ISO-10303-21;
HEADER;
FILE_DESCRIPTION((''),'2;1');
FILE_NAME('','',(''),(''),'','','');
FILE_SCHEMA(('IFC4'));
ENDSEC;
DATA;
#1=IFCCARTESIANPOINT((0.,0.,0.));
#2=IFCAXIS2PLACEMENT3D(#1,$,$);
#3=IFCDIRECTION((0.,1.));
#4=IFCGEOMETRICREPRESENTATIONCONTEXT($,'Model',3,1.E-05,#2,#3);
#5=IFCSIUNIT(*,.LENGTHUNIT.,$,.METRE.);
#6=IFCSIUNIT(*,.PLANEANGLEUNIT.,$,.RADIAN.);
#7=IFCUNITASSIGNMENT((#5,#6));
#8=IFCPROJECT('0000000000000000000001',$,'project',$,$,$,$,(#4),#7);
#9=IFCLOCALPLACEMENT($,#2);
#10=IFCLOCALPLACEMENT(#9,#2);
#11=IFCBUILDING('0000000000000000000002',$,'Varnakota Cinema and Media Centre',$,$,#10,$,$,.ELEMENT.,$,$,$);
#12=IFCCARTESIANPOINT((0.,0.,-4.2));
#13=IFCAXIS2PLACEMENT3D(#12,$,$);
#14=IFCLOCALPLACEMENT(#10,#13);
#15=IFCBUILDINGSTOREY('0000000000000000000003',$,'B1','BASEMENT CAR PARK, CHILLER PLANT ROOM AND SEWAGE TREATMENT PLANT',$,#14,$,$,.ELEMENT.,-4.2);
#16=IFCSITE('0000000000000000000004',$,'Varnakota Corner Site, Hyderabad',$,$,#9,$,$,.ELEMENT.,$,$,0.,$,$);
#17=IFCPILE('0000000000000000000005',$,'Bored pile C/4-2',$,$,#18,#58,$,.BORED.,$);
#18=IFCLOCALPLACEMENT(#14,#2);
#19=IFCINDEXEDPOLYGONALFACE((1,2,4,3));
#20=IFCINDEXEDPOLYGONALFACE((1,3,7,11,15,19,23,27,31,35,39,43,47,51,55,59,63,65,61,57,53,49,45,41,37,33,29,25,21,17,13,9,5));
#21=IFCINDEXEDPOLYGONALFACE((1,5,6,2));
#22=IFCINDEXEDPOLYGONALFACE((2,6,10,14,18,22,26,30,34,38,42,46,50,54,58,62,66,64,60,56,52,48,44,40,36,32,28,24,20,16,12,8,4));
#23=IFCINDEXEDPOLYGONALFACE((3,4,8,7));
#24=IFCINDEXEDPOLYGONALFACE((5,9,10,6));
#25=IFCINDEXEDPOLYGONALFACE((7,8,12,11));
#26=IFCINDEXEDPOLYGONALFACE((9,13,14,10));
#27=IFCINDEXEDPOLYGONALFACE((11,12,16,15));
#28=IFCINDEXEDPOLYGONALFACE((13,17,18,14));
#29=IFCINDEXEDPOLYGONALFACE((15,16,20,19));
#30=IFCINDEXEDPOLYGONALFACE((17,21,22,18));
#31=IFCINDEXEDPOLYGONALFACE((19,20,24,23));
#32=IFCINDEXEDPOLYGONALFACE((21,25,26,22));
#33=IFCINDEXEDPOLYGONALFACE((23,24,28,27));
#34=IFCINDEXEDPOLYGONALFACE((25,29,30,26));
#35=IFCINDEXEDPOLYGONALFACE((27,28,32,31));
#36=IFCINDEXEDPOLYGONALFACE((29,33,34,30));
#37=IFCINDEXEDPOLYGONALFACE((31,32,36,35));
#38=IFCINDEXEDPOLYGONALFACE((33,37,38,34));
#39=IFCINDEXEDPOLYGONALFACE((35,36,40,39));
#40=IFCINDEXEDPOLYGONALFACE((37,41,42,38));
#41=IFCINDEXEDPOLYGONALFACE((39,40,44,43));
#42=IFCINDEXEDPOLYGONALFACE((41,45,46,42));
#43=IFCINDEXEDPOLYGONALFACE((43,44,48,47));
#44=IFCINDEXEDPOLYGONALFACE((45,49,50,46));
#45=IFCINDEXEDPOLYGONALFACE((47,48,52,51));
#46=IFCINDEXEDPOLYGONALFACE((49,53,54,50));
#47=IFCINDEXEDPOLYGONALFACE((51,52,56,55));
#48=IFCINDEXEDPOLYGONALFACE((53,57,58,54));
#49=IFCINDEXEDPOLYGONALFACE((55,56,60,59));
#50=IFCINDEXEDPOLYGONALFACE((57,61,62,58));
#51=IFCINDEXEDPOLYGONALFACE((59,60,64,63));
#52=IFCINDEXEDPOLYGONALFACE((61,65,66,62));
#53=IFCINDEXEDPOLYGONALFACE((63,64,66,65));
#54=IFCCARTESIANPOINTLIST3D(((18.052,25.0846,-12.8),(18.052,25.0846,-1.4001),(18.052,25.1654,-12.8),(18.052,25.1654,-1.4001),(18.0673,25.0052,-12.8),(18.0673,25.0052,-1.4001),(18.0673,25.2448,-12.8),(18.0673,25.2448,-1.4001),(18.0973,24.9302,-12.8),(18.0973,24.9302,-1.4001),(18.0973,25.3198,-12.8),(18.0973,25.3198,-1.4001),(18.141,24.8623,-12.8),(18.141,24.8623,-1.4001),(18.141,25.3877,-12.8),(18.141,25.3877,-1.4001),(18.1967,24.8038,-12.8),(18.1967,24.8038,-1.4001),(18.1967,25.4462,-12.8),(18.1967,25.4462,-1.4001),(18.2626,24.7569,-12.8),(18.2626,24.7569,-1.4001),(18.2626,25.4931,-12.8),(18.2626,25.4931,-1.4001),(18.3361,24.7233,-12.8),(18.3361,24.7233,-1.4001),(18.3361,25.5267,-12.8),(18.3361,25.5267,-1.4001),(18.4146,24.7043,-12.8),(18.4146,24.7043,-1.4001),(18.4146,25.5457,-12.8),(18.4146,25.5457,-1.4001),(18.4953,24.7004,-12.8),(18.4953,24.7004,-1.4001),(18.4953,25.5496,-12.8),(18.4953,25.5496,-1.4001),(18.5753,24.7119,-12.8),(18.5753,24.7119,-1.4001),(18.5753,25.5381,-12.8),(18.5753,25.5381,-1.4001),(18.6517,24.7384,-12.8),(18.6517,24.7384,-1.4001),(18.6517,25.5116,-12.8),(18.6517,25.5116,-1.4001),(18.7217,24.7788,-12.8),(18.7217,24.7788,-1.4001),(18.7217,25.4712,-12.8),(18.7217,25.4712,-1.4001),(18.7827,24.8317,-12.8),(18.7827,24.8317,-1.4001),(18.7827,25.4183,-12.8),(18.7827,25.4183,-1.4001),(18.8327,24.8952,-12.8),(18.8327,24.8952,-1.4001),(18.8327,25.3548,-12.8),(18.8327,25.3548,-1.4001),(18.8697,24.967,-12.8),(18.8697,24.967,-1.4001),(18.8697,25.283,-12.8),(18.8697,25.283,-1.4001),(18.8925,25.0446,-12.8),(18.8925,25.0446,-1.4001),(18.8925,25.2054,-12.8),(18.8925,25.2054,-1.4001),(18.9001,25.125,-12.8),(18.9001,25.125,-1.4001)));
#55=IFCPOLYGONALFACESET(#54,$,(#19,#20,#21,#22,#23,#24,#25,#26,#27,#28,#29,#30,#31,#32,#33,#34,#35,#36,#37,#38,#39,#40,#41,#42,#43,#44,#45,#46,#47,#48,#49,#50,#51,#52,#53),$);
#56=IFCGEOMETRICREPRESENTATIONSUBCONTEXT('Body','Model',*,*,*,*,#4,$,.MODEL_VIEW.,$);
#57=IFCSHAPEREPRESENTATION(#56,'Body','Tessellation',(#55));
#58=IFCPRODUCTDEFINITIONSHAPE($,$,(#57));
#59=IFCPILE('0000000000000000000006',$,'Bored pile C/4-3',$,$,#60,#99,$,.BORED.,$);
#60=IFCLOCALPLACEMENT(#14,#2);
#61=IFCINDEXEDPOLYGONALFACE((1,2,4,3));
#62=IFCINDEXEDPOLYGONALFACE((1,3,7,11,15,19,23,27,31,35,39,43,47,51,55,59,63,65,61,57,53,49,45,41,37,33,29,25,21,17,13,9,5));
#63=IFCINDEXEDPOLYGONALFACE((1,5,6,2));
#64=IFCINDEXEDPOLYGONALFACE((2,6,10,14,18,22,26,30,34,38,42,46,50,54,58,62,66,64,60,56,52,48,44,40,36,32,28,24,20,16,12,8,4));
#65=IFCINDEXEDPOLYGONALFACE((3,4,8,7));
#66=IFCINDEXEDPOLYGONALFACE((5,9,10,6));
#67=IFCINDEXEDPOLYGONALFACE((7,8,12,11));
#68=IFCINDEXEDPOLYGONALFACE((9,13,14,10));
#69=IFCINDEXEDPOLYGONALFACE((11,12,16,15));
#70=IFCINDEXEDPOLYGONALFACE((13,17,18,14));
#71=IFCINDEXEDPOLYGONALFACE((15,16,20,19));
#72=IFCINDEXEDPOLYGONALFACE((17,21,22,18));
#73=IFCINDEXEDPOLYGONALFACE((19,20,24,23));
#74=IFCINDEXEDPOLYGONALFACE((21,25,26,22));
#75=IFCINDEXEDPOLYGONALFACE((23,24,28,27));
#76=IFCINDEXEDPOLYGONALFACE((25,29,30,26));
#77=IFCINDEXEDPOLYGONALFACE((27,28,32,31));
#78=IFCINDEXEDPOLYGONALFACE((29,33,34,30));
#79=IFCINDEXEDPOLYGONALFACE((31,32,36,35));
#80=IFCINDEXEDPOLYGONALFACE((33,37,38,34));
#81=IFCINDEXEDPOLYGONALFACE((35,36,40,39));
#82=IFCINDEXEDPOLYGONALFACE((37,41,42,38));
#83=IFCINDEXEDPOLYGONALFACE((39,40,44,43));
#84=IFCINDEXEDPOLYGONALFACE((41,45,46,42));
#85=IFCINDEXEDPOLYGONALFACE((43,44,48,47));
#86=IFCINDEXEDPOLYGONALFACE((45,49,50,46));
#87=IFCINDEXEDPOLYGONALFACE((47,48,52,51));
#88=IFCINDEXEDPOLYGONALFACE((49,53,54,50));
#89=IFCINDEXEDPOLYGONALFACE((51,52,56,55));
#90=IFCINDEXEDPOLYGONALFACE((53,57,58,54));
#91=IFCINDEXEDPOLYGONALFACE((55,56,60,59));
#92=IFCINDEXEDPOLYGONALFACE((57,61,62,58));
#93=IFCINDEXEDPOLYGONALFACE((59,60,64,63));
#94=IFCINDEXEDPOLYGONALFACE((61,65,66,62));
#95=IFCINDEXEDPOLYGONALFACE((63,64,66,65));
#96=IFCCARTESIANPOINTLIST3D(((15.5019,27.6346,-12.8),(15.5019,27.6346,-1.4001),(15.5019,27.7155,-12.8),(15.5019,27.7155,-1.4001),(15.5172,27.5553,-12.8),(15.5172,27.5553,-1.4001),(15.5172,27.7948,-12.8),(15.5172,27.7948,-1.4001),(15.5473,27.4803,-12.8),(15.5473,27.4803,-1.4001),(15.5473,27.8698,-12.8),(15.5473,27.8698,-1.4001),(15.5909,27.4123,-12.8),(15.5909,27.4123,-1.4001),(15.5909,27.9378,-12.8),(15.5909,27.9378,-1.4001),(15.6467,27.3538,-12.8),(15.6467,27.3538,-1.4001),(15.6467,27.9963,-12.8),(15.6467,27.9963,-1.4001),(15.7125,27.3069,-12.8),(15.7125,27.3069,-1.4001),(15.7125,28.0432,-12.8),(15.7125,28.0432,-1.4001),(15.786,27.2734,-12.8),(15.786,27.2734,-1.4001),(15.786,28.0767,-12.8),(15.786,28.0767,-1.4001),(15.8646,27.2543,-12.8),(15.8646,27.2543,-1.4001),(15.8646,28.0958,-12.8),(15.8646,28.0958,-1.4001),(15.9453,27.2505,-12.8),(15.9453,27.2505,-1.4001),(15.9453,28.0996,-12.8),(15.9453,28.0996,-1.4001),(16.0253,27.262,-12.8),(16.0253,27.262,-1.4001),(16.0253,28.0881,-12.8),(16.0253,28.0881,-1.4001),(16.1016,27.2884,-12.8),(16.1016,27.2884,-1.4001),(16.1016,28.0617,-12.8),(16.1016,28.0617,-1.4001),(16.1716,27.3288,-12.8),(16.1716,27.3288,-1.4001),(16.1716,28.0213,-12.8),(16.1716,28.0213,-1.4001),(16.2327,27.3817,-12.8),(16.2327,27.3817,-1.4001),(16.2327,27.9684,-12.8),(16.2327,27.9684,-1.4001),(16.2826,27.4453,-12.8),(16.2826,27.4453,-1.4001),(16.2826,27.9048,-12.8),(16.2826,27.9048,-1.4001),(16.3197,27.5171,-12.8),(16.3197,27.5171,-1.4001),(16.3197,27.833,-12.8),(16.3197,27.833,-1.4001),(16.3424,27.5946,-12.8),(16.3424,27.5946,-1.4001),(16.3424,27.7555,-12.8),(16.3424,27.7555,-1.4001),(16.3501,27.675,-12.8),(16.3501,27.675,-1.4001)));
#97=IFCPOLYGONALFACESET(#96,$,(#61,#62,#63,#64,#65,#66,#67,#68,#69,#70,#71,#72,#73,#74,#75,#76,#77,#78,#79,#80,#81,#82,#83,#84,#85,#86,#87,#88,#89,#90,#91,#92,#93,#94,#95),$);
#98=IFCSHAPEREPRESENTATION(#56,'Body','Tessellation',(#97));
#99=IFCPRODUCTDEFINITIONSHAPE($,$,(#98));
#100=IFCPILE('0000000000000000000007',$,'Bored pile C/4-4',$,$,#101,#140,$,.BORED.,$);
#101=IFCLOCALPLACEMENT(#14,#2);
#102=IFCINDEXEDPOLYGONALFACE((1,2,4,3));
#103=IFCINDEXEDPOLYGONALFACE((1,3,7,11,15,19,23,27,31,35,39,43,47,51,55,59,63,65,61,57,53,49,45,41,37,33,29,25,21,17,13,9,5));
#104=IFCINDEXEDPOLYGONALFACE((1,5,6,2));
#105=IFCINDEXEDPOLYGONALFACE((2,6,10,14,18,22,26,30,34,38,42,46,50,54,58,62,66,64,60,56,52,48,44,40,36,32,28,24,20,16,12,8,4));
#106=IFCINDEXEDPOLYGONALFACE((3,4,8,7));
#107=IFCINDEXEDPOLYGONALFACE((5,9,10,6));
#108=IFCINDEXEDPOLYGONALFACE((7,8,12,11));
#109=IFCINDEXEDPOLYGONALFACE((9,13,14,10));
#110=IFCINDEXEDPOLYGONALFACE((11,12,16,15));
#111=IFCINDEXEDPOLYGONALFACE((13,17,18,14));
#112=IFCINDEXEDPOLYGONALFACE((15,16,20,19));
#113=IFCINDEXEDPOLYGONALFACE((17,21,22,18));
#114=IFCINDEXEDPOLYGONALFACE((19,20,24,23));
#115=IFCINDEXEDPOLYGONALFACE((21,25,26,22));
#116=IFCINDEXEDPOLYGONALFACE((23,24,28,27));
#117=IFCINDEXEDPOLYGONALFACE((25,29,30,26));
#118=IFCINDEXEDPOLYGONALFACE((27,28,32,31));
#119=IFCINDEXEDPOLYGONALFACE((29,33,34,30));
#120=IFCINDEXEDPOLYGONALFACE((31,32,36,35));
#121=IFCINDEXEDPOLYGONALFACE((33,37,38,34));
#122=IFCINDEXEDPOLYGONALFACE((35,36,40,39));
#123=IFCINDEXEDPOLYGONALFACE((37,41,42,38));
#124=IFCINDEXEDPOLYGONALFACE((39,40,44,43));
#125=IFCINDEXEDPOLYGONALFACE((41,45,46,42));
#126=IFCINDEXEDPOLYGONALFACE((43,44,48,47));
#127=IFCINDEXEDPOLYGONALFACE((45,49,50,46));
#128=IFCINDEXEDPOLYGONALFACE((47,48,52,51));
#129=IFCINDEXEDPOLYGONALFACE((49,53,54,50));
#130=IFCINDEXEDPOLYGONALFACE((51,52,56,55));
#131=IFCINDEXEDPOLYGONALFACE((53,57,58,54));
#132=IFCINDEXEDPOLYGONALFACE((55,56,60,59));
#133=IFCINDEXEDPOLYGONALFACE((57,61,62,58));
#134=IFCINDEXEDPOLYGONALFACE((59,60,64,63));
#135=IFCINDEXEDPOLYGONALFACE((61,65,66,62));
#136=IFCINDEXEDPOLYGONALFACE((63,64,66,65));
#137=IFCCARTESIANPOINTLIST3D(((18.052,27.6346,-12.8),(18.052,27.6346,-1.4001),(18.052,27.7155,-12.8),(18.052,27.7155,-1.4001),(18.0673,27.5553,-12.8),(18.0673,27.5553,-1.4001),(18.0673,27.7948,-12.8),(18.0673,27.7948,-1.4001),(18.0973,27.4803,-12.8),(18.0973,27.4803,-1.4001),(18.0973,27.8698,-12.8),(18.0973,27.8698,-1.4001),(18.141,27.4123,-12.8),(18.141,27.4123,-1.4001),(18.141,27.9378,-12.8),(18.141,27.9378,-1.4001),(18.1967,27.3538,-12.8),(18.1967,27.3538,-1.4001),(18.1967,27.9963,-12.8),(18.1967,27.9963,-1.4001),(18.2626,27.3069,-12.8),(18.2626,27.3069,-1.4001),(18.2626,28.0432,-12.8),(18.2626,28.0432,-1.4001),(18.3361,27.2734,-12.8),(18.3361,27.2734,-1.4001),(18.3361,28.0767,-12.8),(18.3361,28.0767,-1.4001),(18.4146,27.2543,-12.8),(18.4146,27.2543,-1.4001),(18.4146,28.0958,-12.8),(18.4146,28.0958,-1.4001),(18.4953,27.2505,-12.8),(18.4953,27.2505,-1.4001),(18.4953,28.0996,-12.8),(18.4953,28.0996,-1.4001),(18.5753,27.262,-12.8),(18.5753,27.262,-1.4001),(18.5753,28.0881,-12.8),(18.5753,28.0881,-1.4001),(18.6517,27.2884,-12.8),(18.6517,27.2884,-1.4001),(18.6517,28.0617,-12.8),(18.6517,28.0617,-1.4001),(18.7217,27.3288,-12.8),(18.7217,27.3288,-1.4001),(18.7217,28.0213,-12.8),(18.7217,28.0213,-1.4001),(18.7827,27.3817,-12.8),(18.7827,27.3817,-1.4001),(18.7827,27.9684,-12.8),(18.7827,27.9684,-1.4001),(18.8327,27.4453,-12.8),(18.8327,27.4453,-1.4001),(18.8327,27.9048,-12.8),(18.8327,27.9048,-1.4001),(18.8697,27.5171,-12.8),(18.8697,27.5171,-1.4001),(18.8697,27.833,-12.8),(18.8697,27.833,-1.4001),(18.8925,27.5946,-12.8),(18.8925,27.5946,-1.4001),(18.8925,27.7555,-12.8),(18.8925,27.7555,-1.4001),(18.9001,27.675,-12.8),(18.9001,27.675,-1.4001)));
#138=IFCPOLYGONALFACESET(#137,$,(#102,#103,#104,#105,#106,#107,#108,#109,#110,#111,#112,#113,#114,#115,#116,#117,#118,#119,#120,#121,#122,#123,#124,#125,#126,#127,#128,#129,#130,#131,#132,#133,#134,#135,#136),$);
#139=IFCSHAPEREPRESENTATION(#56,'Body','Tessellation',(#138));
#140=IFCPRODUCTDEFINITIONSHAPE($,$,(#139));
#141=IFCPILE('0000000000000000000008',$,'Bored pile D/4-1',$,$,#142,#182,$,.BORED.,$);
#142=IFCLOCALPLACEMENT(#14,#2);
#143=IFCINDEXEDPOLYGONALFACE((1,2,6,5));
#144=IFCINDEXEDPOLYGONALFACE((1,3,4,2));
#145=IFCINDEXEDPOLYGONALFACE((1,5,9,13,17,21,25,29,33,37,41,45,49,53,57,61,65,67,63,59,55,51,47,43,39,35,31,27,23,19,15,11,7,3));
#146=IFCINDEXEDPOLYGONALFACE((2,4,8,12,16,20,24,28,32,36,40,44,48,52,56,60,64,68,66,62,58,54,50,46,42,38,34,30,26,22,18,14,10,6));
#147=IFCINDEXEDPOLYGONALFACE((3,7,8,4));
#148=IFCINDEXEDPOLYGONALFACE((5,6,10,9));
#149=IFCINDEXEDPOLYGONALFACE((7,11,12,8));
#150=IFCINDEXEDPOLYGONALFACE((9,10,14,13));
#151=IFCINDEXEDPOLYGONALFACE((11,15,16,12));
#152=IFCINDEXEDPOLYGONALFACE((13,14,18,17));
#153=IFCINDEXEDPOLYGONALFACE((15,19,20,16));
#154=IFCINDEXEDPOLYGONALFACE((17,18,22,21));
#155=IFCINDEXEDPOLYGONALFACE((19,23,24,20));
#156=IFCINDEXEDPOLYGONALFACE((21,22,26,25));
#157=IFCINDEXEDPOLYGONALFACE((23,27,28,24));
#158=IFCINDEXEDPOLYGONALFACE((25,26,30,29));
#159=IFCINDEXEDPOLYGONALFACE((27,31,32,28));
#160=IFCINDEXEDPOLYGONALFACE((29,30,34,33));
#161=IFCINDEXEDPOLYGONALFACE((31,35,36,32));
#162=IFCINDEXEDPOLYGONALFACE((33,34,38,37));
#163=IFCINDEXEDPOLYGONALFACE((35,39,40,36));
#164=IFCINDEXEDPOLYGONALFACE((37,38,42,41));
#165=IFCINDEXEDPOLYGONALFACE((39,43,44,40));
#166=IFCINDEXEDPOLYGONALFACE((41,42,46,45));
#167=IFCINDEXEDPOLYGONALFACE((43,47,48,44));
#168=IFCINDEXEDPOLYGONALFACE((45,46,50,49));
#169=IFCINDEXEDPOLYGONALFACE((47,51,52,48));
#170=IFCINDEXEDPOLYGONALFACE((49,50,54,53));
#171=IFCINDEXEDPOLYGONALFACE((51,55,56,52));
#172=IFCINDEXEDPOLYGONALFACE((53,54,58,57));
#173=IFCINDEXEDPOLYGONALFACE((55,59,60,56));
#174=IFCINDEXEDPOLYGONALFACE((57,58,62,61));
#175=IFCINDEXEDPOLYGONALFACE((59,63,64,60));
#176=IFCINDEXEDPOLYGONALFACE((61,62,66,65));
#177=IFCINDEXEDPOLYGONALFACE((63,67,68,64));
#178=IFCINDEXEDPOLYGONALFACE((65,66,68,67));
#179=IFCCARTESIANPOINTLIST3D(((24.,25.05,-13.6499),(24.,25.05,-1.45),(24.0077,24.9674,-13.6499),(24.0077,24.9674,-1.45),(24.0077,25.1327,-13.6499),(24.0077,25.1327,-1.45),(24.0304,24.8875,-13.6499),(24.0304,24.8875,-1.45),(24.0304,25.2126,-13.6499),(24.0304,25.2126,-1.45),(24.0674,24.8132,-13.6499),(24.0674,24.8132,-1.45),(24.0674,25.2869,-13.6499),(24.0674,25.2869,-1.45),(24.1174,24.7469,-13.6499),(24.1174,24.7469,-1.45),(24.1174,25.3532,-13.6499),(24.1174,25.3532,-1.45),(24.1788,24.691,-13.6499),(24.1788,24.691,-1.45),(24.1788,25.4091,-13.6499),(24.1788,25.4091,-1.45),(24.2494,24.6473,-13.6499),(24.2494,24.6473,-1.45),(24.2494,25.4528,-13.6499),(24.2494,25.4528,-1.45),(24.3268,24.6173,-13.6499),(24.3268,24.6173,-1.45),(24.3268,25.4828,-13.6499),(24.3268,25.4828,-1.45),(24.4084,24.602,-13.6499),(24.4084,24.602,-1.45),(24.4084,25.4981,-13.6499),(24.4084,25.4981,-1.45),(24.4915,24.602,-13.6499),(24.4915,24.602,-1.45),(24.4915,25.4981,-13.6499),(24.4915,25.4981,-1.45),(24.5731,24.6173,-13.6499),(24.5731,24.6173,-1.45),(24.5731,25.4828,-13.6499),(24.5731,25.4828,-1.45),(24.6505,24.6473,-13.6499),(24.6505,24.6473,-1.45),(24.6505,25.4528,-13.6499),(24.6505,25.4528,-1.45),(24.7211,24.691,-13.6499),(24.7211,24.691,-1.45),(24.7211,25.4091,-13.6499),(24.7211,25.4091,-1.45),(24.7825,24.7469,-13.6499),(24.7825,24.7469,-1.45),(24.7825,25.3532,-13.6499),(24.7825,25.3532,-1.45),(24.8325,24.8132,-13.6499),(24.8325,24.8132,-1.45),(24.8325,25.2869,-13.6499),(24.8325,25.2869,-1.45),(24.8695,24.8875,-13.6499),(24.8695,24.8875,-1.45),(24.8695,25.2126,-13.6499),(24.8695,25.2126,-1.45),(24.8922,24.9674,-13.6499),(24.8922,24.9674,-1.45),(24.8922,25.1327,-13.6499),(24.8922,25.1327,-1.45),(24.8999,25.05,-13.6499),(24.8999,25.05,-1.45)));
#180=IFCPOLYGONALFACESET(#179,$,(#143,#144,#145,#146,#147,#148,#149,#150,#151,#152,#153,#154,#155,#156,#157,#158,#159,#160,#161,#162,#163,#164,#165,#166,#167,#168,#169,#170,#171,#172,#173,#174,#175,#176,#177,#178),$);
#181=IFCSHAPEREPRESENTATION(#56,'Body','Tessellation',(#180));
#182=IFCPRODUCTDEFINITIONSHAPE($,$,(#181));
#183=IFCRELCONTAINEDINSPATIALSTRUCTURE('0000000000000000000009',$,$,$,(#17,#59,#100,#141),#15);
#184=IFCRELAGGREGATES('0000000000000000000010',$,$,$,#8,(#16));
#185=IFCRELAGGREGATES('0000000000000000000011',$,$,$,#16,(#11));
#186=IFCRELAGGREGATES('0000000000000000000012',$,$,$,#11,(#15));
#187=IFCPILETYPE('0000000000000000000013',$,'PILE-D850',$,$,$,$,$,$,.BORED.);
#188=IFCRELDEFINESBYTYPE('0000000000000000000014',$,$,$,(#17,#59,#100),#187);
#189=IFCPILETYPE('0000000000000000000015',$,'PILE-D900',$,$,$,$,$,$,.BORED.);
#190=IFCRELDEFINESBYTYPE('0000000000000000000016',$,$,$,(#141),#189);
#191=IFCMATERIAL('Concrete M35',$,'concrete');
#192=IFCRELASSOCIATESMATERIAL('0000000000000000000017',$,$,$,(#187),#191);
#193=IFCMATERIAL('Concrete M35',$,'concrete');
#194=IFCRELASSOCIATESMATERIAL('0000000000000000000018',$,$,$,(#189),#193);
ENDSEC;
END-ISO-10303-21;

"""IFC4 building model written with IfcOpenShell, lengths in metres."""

from ifc_helpers import new_model, si_unit, direction, frame, origin, origin_2d, place, context, subcontext, project, spatial, circle, extrude, material, material_profile, profile_set, type_object, element, save


model = new_model("IFC4")

# Units and contexts
model_context = context("Model", 3, precision=1e-05, world=origin(), true_north=direction((0.0, 1.0)))
body_context = subcontext(model_context, "Body", "Model", "MODEL_VIEW")
ifc_project = project(units=[si_unit("LENGTHUNIT", "METRE"), si_unit("PLANEANGLEUNIT", "RADIAN")], contexts=[model_context])

# Site, building, storey
site_placement = place(None, origin())
site = spatial("IfcSite", under=ifc_project, at=site_placement, Name="Varnakota Corner Site, Hyderabad", CompositionType="ELEMENT", RefElevation=0.0)
building_placement = place(site_placement, origin())
building = spatial("IfcBuilding", under=site, at=building_placement, Name="Varnakota Cinema and Media Centre", CompositionType="ELEMENT")
storey_placement = place(building_placement, frame((0.0, 0.0, -4.2)))
storey = spatial("IfcBuildingStorey", under=building, at=storey_placement, Name="B1", Description="BASEMENT CAR PARK, CHILLER PLANT ROOM AND SEWAGE TREATMENT PLANT", CompositionType="ELEMENT", Elevation=-4.2)

# Piles
ifc_material_1 = material(Name="Concrete M35", Category="concrete")
ifc_material_profile_1 = material_profile(ifc_material_1, circle(Radius=0.425, at=origin_2d()), Name="PILE D850")
ifc_profile_set_1 = profile_set([ifc_material_profile_1], Name="Concrete M35")
pile_type_1 = type_object("IfcPileType", Name="PILE-D850", PredefinedType="BORED", material=ifc_profile_set_1)
for number, where, z_axis, x_axis, name in (
    (1, (18.4751, 25.125, -1.4001), (0.0, 0.0, -1.0), (1.0, 0.0, 0.0), "Bored pile C/4-2"),
    (2, (15.925, 27.675, -1.4001), (0.0, 0.0, -1.0), (1.0, 0.0, 0.0), "Bored pile C/4-3"),
    (3, (18.4751, 27.675, -1.4001), (0.0, 0.0, -1.0), (1.0, 0.0, 0.0), "Bored pile C/4-4"),
):
    element("IfcPile", number, at=place(storey_placement, frame(where, z_axis=z_axis, x_axis=x_axis)), inside=storey, type_object=pile_type_1, Name=name, PredefinedType="BORED", context=body_context, shape_type="SweptSolid", body=[
        extrude(circle(Radius=0.425, at=origin_2d()), origin(), (0.0, 0.0, 1.0), 11.3999),
    ])
ifc_material_2 = material(Name="Concrete M35", Category="concrete")
ifc_material_profile_2 = material_profile(ifc_material_2, circle(Radius=0.45, at=origin_2d()), Name="PILE D900")
ifc_profile_set_2 = profile_set([ifc_material_profile_2], Name="Concrete M35")
pile_type_2 = type_object("IfcPileType", Name="PILE-D900", PredefinedType="BORED", material=ifc_profile_set_2)
for number, where, z_axis, x_axis, name in (
    (4, (24.45, 25.05, -1.45), (0.0, 0.0, -1.0), (1.0, 0.0, 0.0), "Bored pile D/4-1"),
):
    element("IfcPile", number, at=place(storey_placement, frame(where, z_axis=z_axis, x_axis=x_axis)), inside=storey, type_object=pile_type_2, Name=name, PredefinedType="BORED", context=body_context, shape_type="SweptSolid", body=[
        extrude(circle(Radius=0.45, at=origin_2d()), origin(), (0.0, 0.0, 1.0), 12.2),
    ])

save(model, "model.ifc")
